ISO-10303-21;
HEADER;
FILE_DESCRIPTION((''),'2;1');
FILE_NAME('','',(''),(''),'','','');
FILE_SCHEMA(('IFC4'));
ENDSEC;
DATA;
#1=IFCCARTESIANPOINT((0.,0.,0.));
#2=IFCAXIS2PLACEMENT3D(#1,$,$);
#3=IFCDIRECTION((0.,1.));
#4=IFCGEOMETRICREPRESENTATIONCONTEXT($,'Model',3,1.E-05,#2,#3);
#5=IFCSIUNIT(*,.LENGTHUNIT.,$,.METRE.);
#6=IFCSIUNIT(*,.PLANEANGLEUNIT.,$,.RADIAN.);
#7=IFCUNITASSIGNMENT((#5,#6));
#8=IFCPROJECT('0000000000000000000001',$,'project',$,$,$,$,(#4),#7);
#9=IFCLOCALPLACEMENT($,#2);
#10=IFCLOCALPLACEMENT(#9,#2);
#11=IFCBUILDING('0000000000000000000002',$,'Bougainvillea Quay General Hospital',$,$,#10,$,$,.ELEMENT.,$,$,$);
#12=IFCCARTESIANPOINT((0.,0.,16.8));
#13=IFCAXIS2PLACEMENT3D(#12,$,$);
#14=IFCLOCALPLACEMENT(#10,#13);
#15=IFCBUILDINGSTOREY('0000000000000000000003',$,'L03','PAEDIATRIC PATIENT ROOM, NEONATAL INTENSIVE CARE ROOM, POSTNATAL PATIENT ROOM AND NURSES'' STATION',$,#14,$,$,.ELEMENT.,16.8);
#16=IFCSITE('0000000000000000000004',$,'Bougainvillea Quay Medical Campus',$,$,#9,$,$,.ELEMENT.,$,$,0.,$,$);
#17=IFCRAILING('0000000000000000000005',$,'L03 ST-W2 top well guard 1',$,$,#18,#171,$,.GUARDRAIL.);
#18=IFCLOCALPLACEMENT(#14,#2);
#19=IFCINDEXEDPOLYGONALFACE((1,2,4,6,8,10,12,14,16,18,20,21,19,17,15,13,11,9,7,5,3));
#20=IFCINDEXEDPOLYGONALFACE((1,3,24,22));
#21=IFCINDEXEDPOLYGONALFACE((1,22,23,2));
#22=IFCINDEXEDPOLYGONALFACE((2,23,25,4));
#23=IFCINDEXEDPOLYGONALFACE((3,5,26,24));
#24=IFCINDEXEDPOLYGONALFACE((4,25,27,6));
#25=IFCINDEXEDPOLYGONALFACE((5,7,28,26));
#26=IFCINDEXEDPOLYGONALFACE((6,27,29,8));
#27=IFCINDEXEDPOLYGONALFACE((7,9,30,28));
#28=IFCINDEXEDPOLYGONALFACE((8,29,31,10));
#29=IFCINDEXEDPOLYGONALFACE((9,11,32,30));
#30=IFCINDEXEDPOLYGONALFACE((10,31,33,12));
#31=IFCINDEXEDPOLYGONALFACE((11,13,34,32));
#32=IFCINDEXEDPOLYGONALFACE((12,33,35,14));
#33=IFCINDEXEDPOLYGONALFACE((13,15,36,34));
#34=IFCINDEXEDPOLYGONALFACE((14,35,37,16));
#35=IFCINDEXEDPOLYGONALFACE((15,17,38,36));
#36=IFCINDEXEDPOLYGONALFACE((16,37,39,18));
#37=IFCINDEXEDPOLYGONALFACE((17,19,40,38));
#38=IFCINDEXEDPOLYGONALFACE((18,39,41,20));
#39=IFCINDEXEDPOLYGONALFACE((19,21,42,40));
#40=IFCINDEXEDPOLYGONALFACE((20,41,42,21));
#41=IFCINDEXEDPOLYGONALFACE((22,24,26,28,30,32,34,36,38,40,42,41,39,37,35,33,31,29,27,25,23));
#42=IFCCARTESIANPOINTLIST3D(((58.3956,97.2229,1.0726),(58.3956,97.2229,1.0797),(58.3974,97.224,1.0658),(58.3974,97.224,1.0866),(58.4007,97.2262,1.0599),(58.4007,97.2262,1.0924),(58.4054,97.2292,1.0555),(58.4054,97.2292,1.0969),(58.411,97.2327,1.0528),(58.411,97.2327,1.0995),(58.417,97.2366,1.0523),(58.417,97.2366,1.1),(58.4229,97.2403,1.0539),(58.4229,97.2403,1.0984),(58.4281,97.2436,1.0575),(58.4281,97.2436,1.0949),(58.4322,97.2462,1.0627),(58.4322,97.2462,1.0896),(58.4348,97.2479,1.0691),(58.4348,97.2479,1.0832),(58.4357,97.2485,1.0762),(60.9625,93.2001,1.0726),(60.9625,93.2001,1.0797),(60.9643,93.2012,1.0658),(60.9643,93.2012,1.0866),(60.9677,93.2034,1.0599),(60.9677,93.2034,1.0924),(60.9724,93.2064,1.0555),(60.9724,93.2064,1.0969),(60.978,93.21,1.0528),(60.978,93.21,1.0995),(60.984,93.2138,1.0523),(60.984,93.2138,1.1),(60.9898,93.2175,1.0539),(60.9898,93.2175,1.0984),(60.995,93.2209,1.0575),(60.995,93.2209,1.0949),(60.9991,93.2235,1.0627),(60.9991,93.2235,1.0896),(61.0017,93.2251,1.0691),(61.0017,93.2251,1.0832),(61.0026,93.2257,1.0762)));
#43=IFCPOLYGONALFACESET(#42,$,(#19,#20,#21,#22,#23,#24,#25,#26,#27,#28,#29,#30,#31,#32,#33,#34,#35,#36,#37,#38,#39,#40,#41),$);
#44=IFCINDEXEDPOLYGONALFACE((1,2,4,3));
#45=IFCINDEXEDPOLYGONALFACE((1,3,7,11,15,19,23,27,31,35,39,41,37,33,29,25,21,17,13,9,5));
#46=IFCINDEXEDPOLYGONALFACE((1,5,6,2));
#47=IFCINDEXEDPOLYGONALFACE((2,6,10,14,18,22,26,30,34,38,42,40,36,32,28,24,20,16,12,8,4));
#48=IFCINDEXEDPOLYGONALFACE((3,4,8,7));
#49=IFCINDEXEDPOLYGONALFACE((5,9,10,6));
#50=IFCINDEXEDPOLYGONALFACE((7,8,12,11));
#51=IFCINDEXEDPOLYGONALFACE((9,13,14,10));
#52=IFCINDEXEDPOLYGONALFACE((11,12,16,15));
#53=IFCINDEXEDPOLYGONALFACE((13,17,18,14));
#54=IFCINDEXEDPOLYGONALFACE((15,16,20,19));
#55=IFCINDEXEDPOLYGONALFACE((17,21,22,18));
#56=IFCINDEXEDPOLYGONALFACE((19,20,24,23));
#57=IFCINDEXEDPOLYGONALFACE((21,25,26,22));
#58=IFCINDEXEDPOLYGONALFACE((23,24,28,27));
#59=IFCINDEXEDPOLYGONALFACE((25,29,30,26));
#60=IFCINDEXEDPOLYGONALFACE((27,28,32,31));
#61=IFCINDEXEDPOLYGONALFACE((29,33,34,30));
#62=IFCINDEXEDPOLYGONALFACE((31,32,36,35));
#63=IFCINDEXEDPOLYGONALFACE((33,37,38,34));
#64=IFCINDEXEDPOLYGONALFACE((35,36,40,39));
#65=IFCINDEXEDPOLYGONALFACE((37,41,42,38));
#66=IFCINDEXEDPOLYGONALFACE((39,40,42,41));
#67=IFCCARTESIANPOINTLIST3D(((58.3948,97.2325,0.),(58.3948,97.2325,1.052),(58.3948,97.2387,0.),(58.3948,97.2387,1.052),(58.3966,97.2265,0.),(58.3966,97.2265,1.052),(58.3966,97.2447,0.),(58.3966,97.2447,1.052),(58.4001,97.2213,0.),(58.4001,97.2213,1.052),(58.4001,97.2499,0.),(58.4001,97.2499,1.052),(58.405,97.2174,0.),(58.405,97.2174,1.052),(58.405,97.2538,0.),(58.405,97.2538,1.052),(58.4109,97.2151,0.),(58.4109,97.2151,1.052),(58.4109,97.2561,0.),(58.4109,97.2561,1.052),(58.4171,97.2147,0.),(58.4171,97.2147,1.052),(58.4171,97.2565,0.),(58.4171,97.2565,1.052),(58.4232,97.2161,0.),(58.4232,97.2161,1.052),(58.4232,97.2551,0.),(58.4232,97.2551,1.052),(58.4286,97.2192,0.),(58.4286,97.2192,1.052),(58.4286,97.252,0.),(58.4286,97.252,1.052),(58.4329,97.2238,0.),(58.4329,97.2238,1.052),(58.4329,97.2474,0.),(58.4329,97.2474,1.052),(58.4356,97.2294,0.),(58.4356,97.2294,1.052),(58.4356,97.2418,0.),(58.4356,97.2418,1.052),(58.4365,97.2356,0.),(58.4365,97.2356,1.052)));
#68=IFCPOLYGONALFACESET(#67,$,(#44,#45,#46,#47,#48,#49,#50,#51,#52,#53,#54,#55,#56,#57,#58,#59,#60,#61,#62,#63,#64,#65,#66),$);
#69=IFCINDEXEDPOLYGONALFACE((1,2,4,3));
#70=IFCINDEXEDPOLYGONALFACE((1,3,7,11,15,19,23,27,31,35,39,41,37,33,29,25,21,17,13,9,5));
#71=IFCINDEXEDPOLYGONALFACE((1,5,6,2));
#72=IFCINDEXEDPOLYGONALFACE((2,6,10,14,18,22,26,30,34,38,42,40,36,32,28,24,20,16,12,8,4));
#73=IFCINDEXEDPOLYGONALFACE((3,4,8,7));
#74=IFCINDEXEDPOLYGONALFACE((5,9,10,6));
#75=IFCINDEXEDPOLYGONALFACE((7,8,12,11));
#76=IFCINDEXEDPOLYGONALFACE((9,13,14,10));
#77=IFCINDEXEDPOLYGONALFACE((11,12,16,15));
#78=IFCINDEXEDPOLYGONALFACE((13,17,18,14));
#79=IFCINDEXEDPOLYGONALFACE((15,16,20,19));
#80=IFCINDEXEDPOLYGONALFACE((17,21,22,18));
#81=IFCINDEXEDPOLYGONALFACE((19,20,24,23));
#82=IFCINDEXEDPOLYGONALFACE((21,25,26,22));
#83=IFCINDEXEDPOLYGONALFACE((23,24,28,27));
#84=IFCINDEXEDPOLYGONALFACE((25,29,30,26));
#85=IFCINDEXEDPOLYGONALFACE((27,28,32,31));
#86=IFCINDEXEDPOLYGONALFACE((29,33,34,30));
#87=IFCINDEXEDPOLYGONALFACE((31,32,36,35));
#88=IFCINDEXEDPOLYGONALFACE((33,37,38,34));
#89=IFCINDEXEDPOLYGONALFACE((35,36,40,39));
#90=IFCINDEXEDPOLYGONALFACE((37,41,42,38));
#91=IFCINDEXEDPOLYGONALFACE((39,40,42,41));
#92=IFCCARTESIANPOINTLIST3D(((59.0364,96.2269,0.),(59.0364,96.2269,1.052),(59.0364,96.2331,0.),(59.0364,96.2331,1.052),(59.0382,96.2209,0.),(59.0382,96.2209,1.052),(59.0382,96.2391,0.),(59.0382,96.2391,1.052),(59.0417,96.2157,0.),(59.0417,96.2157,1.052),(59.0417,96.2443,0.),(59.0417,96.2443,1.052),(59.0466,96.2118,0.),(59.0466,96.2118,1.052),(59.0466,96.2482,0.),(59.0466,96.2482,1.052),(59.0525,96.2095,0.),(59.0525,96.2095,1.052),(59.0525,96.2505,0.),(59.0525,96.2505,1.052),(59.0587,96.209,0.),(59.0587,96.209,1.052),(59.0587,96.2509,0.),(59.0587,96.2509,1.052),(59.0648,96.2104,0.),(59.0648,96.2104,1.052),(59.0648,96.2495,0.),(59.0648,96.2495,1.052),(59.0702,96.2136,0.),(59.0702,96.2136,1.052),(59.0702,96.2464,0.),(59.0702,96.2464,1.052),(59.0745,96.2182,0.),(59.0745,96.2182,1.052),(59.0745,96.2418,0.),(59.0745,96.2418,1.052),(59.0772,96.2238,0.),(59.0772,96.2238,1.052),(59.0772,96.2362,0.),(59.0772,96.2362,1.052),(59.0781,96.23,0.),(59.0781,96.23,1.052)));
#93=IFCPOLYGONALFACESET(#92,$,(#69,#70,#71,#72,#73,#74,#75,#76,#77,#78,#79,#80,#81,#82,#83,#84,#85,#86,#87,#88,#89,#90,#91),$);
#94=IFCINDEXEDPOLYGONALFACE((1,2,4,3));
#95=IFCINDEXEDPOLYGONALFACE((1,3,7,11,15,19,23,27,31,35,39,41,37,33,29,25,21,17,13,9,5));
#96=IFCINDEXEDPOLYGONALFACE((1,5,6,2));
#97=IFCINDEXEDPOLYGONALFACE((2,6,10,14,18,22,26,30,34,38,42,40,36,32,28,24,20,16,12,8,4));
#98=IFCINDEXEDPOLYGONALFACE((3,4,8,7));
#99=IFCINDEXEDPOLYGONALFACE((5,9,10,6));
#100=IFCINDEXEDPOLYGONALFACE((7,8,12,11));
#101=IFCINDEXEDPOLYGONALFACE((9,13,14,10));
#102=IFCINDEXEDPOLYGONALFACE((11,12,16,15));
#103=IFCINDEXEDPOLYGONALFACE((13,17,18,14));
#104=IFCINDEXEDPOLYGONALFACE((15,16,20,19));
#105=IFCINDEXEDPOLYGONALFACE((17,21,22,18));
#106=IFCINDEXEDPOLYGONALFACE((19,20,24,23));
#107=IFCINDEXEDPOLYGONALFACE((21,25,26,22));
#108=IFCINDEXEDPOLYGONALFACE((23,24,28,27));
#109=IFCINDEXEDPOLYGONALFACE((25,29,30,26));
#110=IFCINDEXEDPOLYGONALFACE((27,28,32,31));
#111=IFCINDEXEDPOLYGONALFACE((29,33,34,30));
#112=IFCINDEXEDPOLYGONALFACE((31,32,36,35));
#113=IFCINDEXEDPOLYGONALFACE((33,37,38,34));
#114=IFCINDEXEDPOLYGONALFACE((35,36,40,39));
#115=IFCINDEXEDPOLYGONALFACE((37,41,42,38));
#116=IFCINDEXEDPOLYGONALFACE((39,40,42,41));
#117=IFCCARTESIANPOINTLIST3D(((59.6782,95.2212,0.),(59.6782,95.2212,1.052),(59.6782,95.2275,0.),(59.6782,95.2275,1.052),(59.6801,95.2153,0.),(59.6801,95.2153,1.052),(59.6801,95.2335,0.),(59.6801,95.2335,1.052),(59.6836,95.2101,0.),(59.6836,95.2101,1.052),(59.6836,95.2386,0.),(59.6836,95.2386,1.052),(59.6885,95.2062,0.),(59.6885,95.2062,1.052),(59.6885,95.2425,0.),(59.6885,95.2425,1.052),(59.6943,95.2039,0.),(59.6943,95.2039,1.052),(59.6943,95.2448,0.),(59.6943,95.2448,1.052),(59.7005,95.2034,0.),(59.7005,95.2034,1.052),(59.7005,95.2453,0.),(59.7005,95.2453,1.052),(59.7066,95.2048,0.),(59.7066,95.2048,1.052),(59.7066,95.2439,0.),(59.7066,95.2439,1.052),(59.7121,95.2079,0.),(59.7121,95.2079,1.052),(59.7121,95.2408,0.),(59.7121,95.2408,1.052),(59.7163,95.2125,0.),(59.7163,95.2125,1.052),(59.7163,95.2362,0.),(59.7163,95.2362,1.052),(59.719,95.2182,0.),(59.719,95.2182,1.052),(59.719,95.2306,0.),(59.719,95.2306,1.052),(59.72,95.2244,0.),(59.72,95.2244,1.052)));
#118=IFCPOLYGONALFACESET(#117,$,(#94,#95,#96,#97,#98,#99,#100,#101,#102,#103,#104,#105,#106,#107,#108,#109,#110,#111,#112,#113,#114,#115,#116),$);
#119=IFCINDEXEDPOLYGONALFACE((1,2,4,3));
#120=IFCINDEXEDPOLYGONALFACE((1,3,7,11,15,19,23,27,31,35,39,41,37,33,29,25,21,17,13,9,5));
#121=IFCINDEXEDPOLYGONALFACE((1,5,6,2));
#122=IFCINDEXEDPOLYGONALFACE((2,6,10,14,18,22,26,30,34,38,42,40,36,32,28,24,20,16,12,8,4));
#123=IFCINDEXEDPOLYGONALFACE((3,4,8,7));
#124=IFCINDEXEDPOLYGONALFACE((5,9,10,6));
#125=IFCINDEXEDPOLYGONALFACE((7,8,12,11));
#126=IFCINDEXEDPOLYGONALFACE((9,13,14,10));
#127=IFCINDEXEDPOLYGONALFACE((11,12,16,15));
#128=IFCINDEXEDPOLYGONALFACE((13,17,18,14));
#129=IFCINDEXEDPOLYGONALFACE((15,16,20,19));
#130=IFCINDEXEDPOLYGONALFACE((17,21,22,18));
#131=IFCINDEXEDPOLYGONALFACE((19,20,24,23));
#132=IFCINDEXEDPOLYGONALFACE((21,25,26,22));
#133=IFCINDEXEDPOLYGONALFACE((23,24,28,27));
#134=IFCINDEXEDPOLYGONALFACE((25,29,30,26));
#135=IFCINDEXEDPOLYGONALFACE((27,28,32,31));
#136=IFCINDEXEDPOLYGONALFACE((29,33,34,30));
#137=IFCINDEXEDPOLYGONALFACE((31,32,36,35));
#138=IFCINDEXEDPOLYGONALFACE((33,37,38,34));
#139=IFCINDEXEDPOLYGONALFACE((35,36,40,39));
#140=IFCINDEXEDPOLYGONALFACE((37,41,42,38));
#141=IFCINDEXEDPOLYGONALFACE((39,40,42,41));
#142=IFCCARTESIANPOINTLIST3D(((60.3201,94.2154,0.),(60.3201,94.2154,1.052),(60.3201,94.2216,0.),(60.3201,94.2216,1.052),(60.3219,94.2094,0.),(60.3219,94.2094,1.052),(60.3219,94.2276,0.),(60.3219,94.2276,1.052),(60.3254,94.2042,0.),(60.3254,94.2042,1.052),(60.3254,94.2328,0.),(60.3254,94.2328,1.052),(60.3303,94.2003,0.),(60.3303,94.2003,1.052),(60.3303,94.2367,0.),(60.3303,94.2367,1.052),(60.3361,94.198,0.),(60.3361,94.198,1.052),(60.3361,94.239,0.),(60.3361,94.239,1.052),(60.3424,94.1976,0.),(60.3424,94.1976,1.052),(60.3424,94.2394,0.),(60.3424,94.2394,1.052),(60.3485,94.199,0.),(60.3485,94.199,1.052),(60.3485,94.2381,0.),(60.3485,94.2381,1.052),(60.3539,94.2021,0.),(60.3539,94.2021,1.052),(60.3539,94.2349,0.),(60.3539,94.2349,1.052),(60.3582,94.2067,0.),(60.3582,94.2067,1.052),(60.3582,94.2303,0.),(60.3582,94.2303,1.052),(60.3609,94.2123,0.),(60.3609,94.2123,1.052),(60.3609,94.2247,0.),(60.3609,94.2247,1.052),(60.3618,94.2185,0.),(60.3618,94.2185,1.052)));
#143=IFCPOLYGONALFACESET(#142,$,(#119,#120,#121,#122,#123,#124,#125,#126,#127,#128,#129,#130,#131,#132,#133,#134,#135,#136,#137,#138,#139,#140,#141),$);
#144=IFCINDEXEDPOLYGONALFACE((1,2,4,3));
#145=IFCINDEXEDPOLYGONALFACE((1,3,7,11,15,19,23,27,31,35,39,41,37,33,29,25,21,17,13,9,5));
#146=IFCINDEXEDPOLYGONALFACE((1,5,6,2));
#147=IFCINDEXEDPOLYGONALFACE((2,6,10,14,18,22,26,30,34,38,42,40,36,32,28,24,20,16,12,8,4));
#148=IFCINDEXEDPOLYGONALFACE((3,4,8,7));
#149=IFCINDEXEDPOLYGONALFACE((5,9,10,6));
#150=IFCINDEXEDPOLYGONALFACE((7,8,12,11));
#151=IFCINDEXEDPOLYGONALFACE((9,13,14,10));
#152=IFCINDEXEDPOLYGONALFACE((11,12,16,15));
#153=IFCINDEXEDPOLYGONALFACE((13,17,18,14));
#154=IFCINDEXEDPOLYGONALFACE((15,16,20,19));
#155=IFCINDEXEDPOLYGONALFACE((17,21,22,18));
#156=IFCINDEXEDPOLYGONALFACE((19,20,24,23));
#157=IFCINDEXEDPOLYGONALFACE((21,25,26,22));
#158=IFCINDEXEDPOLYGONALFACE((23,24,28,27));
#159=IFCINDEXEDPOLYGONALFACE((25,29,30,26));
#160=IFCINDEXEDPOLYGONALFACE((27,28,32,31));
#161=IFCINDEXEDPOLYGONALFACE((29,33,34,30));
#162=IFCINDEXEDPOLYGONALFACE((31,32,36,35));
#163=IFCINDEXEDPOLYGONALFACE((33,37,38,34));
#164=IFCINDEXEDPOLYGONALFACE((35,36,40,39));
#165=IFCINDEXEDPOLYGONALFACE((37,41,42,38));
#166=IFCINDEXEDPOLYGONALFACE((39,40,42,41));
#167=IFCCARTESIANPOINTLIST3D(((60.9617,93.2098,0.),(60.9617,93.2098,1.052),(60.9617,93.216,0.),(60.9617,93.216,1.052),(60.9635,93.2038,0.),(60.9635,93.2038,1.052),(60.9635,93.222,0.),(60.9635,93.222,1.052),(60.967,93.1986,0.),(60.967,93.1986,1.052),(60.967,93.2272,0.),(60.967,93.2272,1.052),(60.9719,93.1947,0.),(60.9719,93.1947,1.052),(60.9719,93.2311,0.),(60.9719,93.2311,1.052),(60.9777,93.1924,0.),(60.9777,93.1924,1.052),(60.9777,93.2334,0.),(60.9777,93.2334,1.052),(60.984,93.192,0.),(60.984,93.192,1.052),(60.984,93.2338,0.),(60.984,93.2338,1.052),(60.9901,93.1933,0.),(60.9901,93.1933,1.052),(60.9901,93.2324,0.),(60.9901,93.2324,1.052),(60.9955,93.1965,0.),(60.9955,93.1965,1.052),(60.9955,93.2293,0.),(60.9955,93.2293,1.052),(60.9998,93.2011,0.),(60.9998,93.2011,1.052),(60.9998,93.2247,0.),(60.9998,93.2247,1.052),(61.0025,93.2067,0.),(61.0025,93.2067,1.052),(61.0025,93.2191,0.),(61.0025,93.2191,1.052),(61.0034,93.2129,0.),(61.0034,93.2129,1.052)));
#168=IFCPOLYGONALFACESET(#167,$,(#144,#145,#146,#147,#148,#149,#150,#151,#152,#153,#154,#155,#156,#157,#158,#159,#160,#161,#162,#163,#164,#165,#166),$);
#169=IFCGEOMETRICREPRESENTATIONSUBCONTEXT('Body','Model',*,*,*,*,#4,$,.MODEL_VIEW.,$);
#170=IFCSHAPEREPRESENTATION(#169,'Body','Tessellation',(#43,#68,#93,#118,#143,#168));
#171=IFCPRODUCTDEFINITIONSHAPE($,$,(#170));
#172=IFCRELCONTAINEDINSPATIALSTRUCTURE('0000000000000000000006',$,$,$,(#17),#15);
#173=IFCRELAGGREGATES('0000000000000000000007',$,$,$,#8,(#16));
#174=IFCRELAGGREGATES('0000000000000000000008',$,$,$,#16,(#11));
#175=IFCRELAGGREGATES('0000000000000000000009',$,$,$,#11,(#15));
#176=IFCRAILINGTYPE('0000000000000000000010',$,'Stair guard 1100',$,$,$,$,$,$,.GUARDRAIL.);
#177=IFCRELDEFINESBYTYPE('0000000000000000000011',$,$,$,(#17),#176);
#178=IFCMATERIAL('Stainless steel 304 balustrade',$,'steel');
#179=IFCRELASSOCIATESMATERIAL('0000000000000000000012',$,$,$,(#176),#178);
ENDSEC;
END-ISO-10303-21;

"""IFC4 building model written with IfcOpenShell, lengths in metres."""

from ifc_helpers import new_model, si_unit, direction, frame, origin, origin_2d, place, context, subcontext, project, spatial, circle, extrude, material, type_object, element, save


model = new_model("IFC4")

# Units and contexts
model_context = context("Model", 3, precision=1e-05, world=origin(), true_north=direction((0.0, 1.0)))
body_context = subcontext(model_context, "Body", "Model", "MODEL_VIEW")
ifc_project = project(units=[si_unit("LENGTHUNIT", "METRE"), si_unit("PLANEANGLEUNIT", "RADIAN")], contexts=[model_context])

# Site, building, storey
site_placement = place(None, origin())
site = spatial("IfcSite", under=ifc_project, at=site_placement, Name="Bougainvillea Quay Medical Campus", CompositionType="ELEMENT", RefElevation=0.0)
building_placement = place(site_placement, origin())
building = spatial("IfcBuilding", under=site, at=building_placement, Name="Bougainvillea Quay General Hospital", CompositionType="ELEMENT")
storey_placement = place(building_placement, frame((0.0, 0.0, 16.8)))
storey = spatial("IfcBuildingStorey", under=building, at=storey_placement, Name="L03", Description="PAEDIATRIC PATIENT ROOM, NEONATAL INTENSIVE CARE ROOM, POSTNATAL PATIENT ROOM AND NURSES' STATION", CompositionType="ELEMENT", Elevation=16.8)

# Railing
ifc_material_1 = material(Name="Stainless steel 304 balustrade", Category="steel")
railing_type = type_object("IfcRailingType", Name="Stair guard 1100", PredefinedType="GUARDRAIL", material=ifc_material_1)
railing_placement = place(storey_placement, frame((58.4155, 97.2356, 0.0)))
element("IfcRailing", 1, at=railing_placement, inside=storey, type_object=railing_type, Name="L03 ST-W2 top well guard 1", PredefinedType="GUARDRAIL", context=body_context, shape_type="SweptSolid", body=[
    extrude(circle(Radius=0.0239, at=origin_2d()), frame((0.0, 0.0, 1.0762), z_axis=(0.537918, -0.842997, 0.0), x_axis=(0.842997, 0.537918, 0.0)), (0.0, 0.0, 1.0), 4.772),
    extrude(circle(Radius=0.021, at=origin_2d()), origin(), (0.0, 0.0, 1.0), 1.052),
    extrude(circle(Radius=0.021, at=origin_2d()), frame((0.6416, -1.0056, 0.0)), (0.0, 0.0, 1.0), 1.052),
    extrude(circle(Radius=0.021, at=origin_2d()), frame((1.2834, -2.0112, 0.0)), (0.0, 0.0, 1.0), 1.052),
    extrude(circle(Radius=0.021, at=origin_2d()), frame((1.9253, -3.0171, 0.0)), (0.0, 0.0, 1.0), 1.052),
    extrude(circle(Radius=0.021, at=origin_2d()), frame((2.5669, -4.0227, 0.0)), (0.0, 0.0, 1.0), 1.052),
])

save(model, "model.ifc")
